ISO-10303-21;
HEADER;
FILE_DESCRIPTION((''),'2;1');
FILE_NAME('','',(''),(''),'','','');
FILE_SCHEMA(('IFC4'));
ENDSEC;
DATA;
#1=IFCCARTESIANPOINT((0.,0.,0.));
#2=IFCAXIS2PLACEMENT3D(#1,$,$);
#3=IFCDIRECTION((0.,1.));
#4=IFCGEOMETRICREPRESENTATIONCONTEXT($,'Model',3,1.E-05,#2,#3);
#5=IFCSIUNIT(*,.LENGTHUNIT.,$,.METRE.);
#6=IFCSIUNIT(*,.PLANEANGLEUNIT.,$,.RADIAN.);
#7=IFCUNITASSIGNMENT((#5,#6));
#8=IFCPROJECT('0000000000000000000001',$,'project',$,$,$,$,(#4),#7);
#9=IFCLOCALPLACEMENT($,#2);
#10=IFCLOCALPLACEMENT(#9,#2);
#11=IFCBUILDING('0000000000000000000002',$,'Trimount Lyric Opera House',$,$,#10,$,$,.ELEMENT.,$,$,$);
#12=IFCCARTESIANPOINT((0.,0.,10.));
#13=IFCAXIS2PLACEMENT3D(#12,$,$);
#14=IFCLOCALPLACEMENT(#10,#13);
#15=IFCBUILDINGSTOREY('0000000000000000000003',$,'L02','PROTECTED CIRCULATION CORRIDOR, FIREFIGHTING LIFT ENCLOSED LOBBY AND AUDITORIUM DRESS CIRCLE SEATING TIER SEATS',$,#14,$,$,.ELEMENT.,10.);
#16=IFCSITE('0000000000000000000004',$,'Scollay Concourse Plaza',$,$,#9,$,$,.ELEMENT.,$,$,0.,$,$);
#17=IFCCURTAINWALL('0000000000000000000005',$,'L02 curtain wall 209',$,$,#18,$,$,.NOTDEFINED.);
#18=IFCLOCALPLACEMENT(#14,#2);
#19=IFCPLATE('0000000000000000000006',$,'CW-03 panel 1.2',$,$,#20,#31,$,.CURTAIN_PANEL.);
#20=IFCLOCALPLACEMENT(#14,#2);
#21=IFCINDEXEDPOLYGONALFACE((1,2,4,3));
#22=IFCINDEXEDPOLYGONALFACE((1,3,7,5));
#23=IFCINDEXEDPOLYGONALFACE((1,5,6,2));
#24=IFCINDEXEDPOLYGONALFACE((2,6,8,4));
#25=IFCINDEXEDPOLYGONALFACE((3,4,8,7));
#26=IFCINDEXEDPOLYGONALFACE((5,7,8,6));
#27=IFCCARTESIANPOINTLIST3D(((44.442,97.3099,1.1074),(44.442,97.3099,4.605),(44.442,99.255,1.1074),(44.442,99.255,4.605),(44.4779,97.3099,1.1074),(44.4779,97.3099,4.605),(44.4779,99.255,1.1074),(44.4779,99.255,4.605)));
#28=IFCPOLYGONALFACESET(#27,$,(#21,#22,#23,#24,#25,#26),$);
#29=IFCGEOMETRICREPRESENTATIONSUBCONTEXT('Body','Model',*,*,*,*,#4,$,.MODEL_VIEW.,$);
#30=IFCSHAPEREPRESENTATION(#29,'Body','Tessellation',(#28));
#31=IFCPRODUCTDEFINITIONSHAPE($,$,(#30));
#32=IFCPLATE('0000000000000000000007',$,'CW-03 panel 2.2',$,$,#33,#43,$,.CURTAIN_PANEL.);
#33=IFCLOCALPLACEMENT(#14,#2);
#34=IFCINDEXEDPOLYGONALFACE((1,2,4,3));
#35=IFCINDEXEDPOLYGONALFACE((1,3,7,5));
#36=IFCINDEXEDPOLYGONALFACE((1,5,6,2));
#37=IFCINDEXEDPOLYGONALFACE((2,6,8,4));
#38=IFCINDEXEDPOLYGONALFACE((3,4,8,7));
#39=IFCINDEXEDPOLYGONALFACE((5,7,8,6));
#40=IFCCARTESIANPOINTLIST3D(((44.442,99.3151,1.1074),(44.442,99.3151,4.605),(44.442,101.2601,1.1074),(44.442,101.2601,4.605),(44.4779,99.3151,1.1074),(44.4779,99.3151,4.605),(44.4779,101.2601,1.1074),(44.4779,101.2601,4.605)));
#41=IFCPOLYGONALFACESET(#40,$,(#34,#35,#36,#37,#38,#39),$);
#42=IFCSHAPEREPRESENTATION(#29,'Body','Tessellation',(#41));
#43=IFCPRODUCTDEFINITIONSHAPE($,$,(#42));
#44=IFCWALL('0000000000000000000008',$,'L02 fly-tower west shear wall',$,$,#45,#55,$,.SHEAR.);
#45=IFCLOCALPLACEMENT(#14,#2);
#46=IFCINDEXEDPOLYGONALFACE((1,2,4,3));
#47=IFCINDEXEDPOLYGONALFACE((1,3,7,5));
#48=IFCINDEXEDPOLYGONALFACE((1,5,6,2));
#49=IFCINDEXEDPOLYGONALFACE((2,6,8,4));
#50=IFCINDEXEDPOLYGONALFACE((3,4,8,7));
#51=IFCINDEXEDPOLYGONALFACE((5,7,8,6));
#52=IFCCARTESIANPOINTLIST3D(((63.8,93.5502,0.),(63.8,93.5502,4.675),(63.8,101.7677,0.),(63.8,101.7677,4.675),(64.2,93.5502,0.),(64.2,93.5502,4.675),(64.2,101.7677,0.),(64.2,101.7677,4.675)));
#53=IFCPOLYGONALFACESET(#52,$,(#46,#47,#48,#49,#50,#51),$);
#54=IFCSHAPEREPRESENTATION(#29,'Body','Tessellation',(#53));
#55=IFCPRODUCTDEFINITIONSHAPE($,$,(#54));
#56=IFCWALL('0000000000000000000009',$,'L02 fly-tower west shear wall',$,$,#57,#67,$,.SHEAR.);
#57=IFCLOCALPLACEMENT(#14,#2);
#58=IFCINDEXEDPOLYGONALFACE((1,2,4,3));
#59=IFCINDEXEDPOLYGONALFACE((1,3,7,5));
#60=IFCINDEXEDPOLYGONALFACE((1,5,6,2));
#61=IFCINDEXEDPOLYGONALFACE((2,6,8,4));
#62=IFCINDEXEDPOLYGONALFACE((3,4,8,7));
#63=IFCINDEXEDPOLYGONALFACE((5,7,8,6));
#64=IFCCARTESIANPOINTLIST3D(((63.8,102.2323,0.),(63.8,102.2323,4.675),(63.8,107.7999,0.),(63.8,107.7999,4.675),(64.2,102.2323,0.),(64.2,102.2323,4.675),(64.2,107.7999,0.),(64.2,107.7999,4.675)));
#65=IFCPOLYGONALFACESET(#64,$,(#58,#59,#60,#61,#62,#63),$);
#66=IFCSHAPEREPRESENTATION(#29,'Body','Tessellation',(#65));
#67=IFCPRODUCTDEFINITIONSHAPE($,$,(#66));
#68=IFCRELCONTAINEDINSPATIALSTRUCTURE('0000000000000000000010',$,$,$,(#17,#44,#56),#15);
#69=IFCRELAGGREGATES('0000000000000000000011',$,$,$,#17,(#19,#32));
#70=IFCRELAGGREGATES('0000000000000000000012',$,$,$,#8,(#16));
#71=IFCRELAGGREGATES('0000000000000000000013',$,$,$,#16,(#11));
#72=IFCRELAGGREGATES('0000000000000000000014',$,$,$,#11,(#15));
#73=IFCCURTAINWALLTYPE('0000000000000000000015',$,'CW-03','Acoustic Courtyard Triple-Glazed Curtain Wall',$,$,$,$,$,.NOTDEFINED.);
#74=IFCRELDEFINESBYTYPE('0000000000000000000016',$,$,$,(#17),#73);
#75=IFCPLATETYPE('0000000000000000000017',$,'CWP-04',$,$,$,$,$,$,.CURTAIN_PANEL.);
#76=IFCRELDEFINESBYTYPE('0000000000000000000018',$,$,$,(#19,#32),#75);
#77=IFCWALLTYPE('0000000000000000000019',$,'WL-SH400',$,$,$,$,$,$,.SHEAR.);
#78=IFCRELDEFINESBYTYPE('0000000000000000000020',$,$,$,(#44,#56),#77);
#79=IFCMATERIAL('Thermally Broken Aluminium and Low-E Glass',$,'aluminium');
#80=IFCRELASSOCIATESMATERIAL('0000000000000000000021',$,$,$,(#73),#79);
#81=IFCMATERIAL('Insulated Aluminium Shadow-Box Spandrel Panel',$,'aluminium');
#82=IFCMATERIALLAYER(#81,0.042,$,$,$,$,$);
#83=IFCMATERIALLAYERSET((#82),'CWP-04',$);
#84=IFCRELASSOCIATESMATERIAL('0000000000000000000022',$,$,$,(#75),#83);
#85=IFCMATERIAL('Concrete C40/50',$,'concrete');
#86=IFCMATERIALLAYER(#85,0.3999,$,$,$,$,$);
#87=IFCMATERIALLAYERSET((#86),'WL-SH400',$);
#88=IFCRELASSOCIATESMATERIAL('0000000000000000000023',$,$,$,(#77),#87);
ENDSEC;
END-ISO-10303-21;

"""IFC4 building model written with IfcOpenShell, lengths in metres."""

from ifc_helpers import new_model, si_unit, direction, frame, frame_2d, origin, origin_2d, place, context, subcontext, project, spatial, rectangle, extrude, material, layer, layer_set, type_object, element, aggregate, save


model = new_model("IFC4")

# Units and contexts
model_context = context("Model", 3, precision=1e-05, world=origin(), true_north=direction((0.0, 1.0)))
body_context = subcontext(model_context, "Body", "Model", "MODEL_VIEW")
ifc_project = project(units=[si_unit("LENGTHUNIT", "METRE"), si_unit("PLANEANGLEUNIT", "RADIAN")], contexts=[model_context])

# Site, building, storey
site_placement = place(None, origin())
site = spatial("IfcSite", under=ifc_project, at=site_placement, Name="Scollay Concourse Plaza", CompositionType="ELEMENT", RefElevation=0.0)
building_placement = place(site_placement, origin())
building = spatial("IfcBuilding", under=site, at=building_placement, Name="Trimount Lyric Opera House", CompositionType="ELEMENT")
storey_placement = place(building_placement, frame((0.0, 0.0, 10.0)))
storey = spatial("IfcBuildingStorey", under=building, at=storey_placement, Name="L02", Description="PROTECTED CIRCULATION CORRIDOR, FIREFIGHTING LIFT ENCLOSED LOBBY AND AUDITORIUM DRESS CIRCLE SEATING TIER SEATS", CompositionType="ELEMENT", Elevation=10.0)

# Curtain wall
ifc_material_1 = material(Name="Thermally Broken Aluminium and Low-E Glass", Category="aluminium")
curtain_wall_type = type_object("IfcCurtainWallType", Name="CW-03", Description="Acoustic Courtyard Triple-Glazed Curtain Wall", PredefinedType="NOTDEFINED", material=ifc_material_1)
curtain_wall_placement = place(storey_placement, origin())
curtain_wall = element("IfcCurtainWall", 1, at=curtain_wall_placement, inside=storey, type_object=curtain_wall_type, Name="L02 curtain wall 209", PredefinedType="NOTDEFINED")

# Plates
ifc_material_2 = material(Name="Insulated Aluminium Shadow-Box Spandrel Panel", Category="aluminium")
ifc_layer_1 = layer(ifc_material_2, 0.042)
ifc_layer_set_1 = layer_set([ifc_layer_1], Name="CWP-04")
plate_type_1 = type_object("IfcPlateType", Name="CWP-04", PredefinedType="CURTAIN_PANEL", material=ifc_layer_set_1)
plate_1_placement = place(storey_placement, frame((44.46, 98.2825, 1.1074), z_axis=(0.0, 0.0, 1.0), x_axis=(0.0, 1.0, 0.0)))
plate_1 = element("IfcPlate", 2, at=plate_1_placement, type_object=plate_type_1, Name="CW-03 panel 1.2", PredefinedType="CURTAIN_PANEL", context=body_context, shape_type="SweptSolid", body=[
    extrude(rectangle(XDim=1.9451, YDim=0.0359, at=origin_2d()), origin(), (0.0, 0.0, 1.0), 3.4976),
])
plate_2_placement = place(storey_placement, frame((44.46, 100.2876, 1.1074), z_axis=(0.0, 0.0, 1.0), x_axis=(0.0, 1.0, 0.0)))
plate_2 = element("IfcPlate", 3, at=plate_2_placement, type_object=plate_type_1, Name="CW-03 panel 2.2", PredefinedType="CURTAIN_PANEL", context=body_context, shape_type="SweptSolid", body=[
    extrude(rectangle(XDim=1.9451, YDim=0.0359, at=origin_2d()), origin(), (0.0, 0.0, 1.0), 3.4976),
])
aggregate(curtain_wall, [plate_1, plate_2])

# Walls
ifc_material_3 = material(Name="Concrete C40/50", Category="concrete")
ifc_layer_2 = layer(ifc_material_3, 0.3999)
ifc_layer_set_2 = layer_set([ifc_layer_2], Name="WL-SH400")
wall_type = type_object("IfcWallType", Name="WL-SH400", PredefinedType="SHEAR", material=ifc_layer_set_2)
wall_1_placement = place(storey_placement, frame((64.0, 93.55, 0.0), z_axis=(0.0, 0.0, 1.0), x_axis=(0.0, 1.0, 0.0)))
element("IfcWall", 4, at=wall_1_placement, inside=storey, type_object=wall_type, Name="L02 fly-tower west shear wall", PredefinedType="SHEAR", context=body_context, shape_type="SweptSolid", body=[
    extrude(rectangle(XDim=8.2175, YDim=0.3999, at=frame_2d((4.1089, 0.0))), origin(), (0.0, 0.0, 1.0), 4.675),
])
wall_2_placement = place(storey_placement, frame((64.0, 102.2324, 0.0), z_axis=(0.0, 0.0, 1.0), x_axis=(0.0, 1.0, 0.0)))
element("IfcWall", 5, at=wall_2_placement, inside=storey, type_object=wall_type, Name="L02 fly-tower west shear wall", PredefinedType="SHEAR", context=body_context, shape_type="SweptSolid", body=[
    extrude(rectangle(XDim=5.5676, YDim=0.3999, at=frame_2d((2.7837, 0.0))), origin(), (0.0, 0.0, 1.0), 4.675),
])

save(model, "model.ifc")
